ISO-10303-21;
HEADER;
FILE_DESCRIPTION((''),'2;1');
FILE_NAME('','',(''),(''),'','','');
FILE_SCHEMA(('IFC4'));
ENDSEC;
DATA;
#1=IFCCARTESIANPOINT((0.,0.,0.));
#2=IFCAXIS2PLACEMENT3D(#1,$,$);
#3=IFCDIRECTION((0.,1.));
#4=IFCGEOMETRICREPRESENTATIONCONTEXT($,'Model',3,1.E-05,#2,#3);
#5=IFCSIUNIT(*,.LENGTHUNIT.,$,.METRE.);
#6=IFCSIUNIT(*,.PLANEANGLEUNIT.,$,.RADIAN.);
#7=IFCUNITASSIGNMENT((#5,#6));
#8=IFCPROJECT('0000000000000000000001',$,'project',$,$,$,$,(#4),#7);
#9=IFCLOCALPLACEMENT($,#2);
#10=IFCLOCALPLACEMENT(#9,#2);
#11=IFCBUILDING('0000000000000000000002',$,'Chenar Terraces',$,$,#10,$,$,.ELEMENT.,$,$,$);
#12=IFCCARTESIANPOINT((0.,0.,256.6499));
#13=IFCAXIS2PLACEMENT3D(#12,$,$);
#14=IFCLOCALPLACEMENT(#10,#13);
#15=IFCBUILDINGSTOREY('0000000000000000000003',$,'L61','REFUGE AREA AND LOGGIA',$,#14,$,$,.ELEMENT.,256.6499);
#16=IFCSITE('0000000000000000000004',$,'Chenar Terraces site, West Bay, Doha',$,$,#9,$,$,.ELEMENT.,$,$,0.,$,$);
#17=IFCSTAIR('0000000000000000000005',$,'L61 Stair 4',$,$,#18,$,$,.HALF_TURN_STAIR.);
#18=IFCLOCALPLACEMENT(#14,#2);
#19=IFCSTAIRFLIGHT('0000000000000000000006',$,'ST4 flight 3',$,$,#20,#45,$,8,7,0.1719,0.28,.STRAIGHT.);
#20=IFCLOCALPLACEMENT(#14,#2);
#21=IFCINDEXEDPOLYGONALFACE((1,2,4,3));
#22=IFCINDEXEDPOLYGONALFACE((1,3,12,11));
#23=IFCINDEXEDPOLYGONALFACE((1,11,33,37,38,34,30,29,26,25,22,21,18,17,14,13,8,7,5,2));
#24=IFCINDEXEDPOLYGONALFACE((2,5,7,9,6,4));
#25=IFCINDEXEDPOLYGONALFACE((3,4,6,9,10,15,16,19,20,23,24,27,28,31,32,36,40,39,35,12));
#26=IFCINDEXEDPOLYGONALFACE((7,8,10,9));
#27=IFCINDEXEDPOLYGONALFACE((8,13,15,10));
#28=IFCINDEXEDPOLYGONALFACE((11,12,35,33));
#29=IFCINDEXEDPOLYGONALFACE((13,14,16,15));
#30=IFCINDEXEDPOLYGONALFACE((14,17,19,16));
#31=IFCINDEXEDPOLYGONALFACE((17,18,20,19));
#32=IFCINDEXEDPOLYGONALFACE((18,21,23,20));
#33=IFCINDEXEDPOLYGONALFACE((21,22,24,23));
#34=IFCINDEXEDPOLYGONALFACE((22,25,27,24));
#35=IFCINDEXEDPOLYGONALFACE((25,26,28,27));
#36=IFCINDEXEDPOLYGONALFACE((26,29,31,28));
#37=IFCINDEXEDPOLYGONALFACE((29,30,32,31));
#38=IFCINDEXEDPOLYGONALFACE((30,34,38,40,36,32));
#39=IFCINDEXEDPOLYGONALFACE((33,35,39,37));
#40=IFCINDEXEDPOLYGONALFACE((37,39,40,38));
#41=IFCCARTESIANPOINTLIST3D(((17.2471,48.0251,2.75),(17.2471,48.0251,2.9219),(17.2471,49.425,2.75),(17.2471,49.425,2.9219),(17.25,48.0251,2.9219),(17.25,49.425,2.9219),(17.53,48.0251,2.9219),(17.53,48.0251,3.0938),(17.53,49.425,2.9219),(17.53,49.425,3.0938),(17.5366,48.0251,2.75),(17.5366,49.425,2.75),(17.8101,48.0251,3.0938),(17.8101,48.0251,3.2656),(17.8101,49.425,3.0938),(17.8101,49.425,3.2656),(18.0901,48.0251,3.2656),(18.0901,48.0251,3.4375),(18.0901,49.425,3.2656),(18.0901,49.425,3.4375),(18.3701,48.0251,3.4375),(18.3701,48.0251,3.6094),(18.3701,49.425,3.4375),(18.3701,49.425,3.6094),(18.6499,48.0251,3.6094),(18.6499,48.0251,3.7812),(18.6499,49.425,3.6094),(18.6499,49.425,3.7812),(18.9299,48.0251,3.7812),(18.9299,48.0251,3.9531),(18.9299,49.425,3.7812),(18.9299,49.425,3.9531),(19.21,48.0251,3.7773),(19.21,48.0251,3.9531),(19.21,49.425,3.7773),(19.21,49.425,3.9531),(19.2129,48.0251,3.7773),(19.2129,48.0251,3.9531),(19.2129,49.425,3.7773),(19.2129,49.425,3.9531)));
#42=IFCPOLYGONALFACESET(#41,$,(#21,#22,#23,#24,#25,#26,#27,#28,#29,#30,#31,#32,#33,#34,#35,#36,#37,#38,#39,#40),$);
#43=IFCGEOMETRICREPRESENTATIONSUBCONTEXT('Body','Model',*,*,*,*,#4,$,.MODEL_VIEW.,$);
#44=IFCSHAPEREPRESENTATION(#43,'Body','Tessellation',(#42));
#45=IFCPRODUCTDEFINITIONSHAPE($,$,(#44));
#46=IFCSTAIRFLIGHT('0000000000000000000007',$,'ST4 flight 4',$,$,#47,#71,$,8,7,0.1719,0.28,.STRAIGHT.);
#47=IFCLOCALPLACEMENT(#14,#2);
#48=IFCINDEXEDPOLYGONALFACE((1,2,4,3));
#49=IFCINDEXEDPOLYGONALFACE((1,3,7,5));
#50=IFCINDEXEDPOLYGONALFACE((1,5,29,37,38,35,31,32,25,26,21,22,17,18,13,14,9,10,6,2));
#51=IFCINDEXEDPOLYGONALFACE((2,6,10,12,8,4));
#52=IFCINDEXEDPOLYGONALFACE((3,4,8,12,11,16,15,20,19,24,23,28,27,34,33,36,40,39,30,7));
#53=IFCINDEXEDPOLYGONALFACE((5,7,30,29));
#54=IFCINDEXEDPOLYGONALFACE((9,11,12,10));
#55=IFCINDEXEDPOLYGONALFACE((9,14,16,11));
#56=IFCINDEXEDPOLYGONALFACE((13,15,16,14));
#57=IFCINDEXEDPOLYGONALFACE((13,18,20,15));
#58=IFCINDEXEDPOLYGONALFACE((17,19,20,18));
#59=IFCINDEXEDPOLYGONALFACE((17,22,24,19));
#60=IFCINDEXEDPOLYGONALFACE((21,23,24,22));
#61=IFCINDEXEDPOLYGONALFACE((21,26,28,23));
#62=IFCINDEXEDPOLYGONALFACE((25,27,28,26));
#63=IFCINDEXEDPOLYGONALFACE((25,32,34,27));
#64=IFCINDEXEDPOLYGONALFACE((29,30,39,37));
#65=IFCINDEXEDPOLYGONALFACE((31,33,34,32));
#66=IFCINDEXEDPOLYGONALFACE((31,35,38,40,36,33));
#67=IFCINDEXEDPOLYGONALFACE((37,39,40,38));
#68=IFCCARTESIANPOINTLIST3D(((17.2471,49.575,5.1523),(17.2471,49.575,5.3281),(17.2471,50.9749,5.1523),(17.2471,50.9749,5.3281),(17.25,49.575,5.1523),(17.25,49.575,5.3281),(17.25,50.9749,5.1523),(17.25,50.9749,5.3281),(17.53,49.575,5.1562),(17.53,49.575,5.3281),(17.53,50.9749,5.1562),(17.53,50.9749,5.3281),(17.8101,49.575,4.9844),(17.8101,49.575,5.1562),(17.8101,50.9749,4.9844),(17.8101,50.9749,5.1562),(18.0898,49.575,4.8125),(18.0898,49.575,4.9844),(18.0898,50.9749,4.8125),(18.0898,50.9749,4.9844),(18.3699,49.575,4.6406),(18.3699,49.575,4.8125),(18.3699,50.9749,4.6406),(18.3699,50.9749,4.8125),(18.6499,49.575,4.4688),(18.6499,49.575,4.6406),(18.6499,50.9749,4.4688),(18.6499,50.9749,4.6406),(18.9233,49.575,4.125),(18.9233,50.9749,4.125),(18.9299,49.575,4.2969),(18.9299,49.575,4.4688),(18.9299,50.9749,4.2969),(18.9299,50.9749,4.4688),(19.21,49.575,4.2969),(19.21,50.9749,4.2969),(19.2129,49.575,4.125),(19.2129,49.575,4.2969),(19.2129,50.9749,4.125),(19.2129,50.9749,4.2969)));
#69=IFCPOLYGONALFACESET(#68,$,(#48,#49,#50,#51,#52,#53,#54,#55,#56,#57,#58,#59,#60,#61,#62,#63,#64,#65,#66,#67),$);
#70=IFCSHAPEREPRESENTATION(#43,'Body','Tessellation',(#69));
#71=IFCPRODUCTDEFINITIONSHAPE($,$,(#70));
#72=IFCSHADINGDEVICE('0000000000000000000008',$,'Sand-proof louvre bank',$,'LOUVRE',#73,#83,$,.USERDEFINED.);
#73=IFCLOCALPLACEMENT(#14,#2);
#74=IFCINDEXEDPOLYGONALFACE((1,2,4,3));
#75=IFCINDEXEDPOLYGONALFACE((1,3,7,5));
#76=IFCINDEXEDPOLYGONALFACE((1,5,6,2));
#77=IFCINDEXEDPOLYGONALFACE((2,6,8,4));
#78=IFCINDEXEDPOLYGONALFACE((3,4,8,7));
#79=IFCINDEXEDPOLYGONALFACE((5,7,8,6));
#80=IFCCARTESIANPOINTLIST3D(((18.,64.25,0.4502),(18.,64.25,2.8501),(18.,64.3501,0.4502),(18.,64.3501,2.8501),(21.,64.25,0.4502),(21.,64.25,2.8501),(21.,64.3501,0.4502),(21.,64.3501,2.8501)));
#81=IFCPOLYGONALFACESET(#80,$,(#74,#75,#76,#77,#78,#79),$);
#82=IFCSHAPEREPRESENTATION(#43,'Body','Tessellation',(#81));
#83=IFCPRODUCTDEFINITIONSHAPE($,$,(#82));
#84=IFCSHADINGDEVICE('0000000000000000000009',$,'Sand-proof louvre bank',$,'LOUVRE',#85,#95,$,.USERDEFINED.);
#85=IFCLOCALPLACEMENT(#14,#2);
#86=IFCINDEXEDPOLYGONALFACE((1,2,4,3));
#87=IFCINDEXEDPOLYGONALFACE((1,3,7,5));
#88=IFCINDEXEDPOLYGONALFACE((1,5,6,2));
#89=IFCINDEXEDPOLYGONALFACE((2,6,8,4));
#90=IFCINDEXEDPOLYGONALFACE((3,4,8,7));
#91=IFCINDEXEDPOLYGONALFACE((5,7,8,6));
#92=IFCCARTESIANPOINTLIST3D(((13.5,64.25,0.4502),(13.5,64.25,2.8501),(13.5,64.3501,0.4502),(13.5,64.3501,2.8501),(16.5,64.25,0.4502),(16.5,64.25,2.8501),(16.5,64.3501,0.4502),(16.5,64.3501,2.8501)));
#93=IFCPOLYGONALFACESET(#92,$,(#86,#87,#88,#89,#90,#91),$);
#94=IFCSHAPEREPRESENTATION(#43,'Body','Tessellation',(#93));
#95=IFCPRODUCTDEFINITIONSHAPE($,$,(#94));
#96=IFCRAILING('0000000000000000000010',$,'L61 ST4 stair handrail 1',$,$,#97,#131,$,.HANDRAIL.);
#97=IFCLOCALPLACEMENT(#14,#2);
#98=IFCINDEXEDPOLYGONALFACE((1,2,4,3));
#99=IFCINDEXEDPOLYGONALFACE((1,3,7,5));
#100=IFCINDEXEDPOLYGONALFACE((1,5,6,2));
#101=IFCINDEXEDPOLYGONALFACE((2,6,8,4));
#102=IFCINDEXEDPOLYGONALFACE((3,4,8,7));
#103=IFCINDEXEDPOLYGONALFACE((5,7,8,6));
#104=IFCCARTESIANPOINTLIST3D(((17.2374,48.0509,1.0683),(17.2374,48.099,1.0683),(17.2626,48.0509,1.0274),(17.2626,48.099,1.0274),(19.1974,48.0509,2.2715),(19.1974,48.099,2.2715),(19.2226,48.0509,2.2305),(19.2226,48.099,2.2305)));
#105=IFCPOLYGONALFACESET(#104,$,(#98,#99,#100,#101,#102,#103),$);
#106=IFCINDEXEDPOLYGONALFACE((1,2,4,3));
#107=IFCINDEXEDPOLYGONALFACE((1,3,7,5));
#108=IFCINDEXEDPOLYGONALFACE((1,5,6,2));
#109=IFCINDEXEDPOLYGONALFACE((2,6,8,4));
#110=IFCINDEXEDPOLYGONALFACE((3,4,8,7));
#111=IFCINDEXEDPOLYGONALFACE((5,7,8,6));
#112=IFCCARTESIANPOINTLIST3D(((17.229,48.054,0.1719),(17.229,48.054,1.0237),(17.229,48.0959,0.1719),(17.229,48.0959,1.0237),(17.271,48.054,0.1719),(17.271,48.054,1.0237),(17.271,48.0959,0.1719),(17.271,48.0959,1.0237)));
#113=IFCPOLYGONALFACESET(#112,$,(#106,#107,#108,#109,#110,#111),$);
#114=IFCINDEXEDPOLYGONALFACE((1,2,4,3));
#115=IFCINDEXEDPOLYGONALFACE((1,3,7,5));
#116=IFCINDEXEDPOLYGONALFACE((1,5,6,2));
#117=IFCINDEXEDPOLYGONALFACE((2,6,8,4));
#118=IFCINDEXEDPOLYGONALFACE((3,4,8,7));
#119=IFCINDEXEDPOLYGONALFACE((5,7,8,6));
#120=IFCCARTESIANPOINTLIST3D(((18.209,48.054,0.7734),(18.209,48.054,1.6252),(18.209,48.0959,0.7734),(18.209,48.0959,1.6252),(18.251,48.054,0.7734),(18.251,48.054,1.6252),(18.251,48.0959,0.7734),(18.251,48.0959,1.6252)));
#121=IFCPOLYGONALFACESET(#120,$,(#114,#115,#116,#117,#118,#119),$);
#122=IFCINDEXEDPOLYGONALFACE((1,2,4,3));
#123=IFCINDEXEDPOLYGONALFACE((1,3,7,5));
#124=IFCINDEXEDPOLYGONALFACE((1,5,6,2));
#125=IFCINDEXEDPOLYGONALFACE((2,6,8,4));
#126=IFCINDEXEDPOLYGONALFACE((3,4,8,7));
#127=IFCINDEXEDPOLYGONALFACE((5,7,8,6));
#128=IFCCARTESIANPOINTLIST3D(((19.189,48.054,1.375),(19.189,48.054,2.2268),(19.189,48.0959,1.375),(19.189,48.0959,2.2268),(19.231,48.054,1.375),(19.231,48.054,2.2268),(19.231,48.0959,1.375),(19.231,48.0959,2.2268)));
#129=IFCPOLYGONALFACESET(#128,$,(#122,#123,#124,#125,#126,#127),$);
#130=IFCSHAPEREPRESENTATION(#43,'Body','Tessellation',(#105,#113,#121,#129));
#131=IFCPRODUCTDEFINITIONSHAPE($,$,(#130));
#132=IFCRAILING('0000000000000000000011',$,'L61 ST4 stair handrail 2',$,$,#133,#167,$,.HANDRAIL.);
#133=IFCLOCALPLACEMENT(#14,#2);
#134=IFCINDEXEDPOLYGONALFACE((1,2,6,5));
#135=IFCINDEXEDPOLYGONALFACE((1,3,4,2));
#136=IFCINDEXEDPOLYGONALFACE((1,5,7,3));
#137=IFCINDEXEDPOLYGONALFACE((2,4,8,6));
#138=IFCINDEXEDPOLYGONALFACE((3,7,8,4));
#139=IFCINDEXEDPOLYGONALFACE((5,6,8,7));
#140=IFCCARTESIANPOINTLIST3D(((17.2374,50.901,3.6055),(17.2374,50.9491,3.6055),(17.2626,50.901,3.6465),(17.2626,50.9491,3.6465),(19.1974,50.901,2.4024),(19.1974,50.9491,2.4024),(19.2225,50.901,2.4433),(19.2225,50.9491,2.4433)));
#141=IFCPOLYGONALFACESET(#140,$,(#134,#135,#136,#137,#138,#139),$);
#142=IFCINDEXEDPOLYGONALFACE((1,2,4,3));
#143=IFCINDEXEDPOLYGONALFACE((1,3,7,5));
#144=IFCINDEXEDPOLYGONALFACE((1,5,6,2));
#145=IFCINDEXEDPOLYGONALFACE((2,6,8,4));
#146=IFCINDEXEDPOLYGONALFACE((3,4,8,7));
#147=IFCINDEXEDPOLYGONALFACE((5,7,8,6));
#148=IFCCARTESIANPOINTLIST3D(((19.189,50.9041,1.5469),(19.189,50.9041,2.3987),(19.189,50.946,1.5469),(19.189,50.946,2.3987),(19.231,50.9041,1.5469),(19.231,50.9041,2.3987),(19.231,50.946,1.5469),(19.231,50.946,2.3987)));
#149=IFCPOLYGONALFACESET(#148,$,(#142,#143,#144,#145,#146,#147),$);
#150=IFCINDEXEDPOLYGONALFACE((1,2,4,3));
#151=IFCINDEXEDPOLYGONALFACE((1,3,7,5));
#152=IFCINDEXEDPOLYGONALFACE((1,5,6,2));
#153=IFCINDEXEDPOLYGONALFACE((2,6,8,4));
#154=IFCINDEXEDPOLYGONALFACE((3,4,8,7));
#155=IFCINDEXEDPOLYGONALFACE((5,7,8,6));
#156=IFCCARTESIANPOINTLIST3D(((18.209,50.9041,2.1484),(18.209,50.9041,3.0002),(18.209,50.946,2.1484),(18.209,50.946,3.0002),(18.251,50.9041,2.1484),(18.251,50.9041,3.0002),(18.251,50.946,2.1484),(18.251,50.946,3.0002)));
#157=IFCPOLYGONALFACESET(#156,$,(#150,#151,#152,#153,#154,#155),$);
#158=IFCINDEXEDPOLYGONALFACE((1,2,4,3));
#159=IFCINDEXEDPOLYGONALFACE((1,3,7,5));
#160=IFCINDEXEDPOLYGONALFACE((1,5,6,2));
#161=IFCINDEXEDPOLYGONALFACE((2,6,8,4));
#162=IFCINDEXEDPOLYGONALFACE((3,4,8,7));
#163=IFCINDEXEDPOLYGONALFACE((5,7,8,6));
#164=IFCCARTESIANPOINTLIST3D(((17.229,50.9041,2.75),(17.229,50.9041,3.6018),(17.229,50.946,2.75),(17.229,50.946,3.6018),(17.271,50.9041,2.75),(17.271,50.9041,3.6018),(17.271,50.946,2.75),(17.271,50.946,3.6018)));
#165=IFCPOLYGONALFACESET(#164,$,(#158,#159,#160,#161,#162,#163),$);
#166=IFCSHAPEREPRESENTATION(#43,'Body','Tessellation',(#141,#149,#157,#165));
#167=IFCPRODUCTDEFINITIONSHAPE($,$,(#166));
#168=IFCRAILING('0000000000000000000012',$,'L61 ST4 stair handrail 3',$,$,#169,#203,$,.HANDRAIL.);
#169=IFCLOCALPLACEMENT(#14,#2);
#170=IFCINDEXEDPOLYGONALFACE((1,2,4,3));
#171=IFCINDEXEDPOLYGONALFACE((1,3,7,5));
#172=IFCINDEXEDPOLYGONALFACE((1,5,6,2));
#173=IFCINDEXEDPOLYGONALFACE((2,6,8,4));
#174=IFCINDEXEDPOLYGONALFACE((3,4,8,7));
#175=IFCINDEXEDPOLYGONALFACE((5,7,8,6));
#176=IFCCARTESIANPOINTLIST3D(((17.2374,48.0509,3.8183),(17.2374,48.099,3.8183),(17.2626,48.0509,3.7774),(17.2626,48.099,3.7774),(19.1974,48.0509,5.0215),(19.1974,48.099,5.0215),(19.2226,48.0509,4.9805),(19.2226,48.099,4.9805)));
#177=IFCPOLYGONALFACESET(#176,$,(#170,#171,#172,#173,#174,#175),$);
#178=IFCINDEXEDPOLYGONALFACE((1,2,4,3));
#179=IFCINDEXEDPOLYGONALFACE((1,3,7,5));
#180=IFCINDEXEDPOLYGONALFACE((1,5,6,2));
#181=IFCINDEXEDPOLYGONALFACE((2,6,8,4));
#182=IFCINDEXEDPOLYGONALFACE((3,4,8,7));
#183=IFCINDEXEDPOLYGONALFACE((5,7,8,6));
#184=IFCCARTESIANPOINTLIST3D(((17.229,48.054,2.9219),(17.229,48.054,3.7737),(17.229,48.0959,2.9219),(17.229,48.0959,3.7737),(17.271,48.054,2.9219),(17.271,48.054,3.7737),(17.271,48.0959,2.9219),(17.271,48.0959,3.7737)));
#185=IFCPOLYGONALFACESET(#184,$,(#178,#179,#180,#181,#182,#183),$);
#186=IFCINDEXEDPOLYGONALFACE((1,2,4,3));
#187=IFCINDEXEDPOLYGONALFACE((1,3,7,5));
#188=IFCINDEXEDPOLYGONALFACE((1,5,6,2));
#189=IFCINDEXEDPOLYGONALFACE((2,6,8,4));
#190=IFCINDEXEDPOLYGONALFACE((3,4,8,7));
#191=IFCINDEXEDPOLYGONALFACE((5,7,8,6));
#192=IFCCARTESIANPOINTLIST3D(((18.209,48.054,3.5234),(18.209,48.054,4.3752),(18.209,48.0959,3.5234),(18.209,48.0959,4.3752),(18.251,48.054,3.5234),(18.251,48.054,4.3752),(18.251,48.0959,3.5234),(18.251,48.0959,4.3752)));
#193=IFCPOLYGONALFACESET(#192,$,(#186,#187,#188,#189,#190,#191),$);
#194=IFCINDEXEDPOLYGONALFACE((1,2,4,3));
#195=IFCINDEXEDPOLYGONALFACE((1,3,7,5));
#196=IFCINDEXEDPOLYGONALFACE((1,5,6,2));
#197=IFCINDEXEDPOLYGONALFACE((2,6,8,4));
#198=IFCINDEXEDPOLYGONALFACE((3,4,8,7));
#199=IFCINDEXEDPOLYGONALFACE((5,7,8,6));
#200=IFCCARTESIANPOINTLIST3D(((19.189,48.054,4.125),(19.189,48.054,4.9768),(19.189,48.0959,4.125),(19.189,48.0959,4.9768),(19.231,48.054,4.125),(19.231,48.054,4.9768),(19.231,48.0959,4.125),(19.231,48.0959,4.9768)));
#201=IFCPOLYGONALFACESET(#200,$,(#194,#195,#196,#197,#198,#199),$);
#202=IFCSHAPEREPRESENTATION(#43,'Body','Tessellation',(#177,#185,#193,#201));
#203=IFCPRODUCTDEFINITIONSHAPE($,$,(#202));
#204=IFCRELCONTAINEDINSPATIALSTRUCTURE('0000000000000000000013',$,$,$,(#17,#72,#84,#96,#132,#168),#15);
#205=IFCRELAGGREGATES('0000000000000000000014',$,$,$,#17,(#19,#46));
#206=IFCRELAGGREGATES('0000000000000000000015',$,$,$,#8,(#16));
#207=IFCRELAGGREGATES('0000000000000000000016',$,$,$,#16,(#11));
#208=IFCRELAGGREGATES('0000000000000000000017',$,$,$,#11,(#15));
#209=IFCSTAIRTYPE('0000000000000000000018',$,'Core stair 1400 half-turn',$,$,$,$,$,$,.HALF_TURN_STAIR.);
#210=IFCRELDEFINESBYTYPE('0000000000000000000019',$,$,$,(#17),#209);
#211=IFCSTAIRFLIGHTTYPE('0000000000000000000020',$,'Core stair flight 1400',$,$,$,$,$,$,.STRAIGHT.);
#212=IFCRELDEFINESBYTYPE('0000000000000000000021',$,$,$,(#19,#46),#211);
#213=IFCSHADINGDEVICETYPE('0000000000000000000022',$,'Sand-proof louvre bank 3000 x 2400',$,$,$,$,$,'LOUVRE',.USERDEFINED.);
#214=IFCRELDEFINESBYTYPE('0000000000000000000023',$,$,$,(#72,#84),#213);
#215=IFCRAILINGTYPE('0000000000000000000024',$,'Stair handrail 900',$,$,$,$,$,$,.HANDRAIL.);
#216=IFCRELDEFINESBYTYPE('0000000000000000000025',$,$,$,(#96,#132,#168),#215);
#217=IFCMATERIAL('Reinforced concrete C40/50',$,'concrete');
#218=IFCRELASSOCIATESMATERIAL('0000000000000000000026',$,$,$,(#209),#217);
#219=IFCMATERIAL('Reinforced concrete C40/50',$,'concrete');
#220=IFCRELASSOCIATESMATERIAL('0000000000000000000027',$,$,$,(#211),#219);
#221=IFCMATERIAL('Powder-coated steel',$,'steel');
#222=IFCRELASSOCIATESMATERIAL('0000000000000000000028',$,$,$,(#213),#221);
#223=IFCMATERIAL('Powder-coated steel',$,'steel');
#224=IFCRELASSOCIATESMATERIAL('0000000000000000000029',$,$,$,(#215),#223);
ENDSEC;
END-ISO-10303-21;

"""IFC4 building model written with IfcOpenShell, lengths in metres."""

from ifc_helpers import new_model, si_unit, direction, frame, origin, origin_2d, place, context, subcontext, project, spatial, polyline, rectangle, outline, extrude, material, type_object, element, aggregate, save


model = new_model("IFC4")

# Units and contexts
model_context = context("Model", 3, precision=1e-05, world=origin(), true_north=direction((0.0, 1.0)))
body_context = subcontext(model_context, "Body", "Model", "MODEL_VIEW")
ifc_project = project(units=[si_unit("LENGTHUNIT", "METRE"), si_unit("PLANEANGLEUNIT", "RADIAN")], contexts=[model_context])

# Site, building, storey
site_placement = place(None, origin())
site = spatial("IfcSite", under=ifc_project, at=site_placement, Name="Chenar Terraces site, West Bay, Doha", CompositionType="ELEMENT", RefElevation=0.0)
building_placement = place(site_placement, origin())
building = spatial("IfcBuilding", under=site, at=building_placement, Name="Chenar Terraces", CompositionType="ELEMENT")
storey_placement = place(building_placement, frame((0.0, 0.0, 256.6499)))
storey = spatial("IfcBuildingStorey", under=building, at=storey_placement, Name="L61", Description="REFUGE AREA AND LOGGIA", CompositionType="ELEMENT", Elevation=256.6499)

# Stair, stair flights
ifc_material_1 = material(Name="Reinforced concrete C40/50", Category="concrete")
stair_type = type_object("IfcStairType", Name="Core stair 1400 half-turn", PredefinedType="HALF_TURN_STAIR", material=ifc_material_1)
stair_placement = place(storey_placement, origin())
stair = element("IfcStair", 1, at=stair_placement, inside=storey, type_object=stair_type, Name="L61 Stair 4", PredefinedType="HALF_TURN_STAIR")
ifc_material_2 = material(Name="Reinforced concrete C40/50", Category="concrete")
stair_flight_type = type_object("IfcStairFlightType", Name="Core stair flight 1400", PredefinedType="STRAIGHT", material=ifc_material_2)
stair_flight_1_placement = place(storey_placement, frame((17.25, 48.7251, 2.75), z_axis=(0.0, 0.0, 1.0), x_axis=(1.0, 0.0, 0.0)))
stair_flight_1 = element("IfcStairFlight", 2, at=stair_flight_1_placement, type_object=stair_flight_type, Name="ST4 flight 3", NumberOfRisers=8, NumberOfTreads=7, PredefinedType="STRAIGHT", RiserHeight=0.1719, TreadLength=0.28, context=body_context, shape_type="SweptSolid", body=[
    extrude(outline(polyline([(-0.0029, 0.0), (-0.0029, 0.1719), (0.0, 0.1719), (0.28, 0.1719), (0.28, 0.3438), (0.5601, 0.3438), (0.5601, 0.5156), (0.8401, 0.5156), (0.8401, 0.6875), (1.1201, 0.6875), (1.1201, 0.8594), (1.3999, 0.8594), (1.3999, 1.0312), (1.6799, 1.0312), (1.6799, 1.2031), (1.96, 1.2031), (1.9629, 1.2031), (1.9629, 1.0273), (1.96, 1.0273), (0.2866, 0.0), (-0.0029, 0.0)])), frame((0.0, 0.7, 0.0), z_axis=(0.0, -1.0, 0.0), x_axis=(1.0, 0.0, 0.0)), (0.0, 0.0, 1.0), 1.3999),
])
stair_flight_2_placement = place(storey_placement, frame((19.21, 50.2749, 4.125), z_axis=(0.0, 0.0, 1.0), x_axis=(-1.0, 0.0, 0.0)))
stair_flight_2 = element("IfcStairFlight", 3, at=stair_flight_2_placement, type_object=stair_flight_type, Name="ST4 flight 4", NumberOfRisers=8, NumberOfTreads=7, PredefinedType="STRAIGHT", RiserHeight=0.1719, TreadLength=0.28, context=body_context, shape_type="SweptSolid", body=[
    extrude(outline(polyline([(-0.0029, 0.0), (-0.0029, 0.1719), (0.0, 0.1719), (0.28, 0.1719), (0.28, 0.3438), (0.5601, 0.3438), (0.5601, 0.5156), (0.8401, 0.5156), (0.8401, 0.6875), (1.1201, 0.6875), (1.1201, 0.8594), (1.3999, 0.8594), (1.3999, 1.0312), (1.6799, 1.0312), (1.6799, 1.2031), (1.96, 1.2031), (1.9629, 1.2031), (1.9629, 1.0273), (1.96, 1.0273), (0.2866, 0.0), (-0.0029, 0.0)])), frame((0.0, 0.7, 0.0), z_axis=(0.0, -1.0, 0.0), x_axis=(1.0, 0.0, 0.0)), (0.0, 0.0, 1.0), 1.3999),
])
aggregate(stair, [stair_flight_1, stair_flight_2])

# Shading devices
ifc_material_3 = material(Name="Powder-coated steel", Category="steel")
shading_device_type = type_object("IfcShadingDeviceType", Name="Sand-proof louvre bank 3000 x 2400", ElementType="LOUVRE", PredefinedType="USERDEFINED", material=ifc_material_3)
for number, where, z_axis, x_axis, name in (
    (4, (19.5, 64.3, 0.4502), (0.0, 0.0, 1.0), (-1.0, 0.0, 0.0), "Sand-proof louvre bank"),
    (5, (15.0, 64.3, 0.4502), (0.0, 0.0, 1.0), (-1.0, 0.0, 0.0), "Sand-proof louvre bank"),
):
    element("IfcShadingDevice", number, at=place(storey_placement, frame(where, z_axis=z_axis, x_axis=x_axis)), inside=storey, type_object=shading_device_type, Name=name, ObjectType="LOUVRE", PredefinedType="USERDEFINED", context=body_context, shape_type="SweptSolid", body=[
        extrude(rectangle(XDim=3.0, YDim=0.1001, at=origin_2d()), origin(), (0.0, 0.0, 1.0), 2.3999),
    ])

# Railings
ifc_material_4 = material(Name="Powder-coated steel", Category="steel")
railing_type_1 = type_object("IfcRailingType", Name="Stair handrail 900", PredefinedType="HANDRAIL", material=ifc_material_4)
railing_1_placement = place(storey_placement, frame((17.25, 48.075, 0.1719)))
element("IfcRailing", 6, at=railing_1_placement, inside=storey, type_object=railing_type_1, Name="L61 ST4 stair handrail 1", PredefinedType="HANDRAIL", context=body_context, shape_type="SweptSolid", body=[
    extrude(rectangle(XDim=0.0481, YDim=0.0481, at=origin_2d()), frame((0.0, 0.0, 0.876), z_axis=(0.852241, 0.0, 0.523149), x_axis=(0.0, 1.0, 0.0)), (0.0, 0.0, 1.0), 2.2998),
    extrude(rectangle(XDim=0.042, YDim=0.042, at=origin_2d()), origin(), (0.0, 0.0, 1.0), 0.8518),
    extrude(rectangle(XDim=0.042, YDim=0.042, at=origin_2d()), frame((0.98, 0.0, 0.6016)), (0.0, 0.0, 1.0), 0.8518),
    extrude(rectangle(XDim=0.042, YDim=0.042, at=origin_2d()), frame((1.96, 0.0, 1.2031)), (0.0, 0.0, 1.0), 0.8518),
])
railing_2_placement = place(storey_placement, frame((19.21, 50.925, 1.5469)))
element("IfcRailing", 7, at=railing_2_placement, inside=storey, type_object=railing_type_1, Name="L61 ST4 stair handrail 2", PredefinedType="HANDRAIL", context=body_context, shape_type="SweptSolid", body=[
    extrude(rectangle(XDim=0.0481, YDim=0.0481, at=origin_2d()), frame((0.0, 0.0, 0.876), z_axis=(-0.852241, 0.0, 0.523149), x_axis=(0.0, -1.0, 0.0)), (0.0, 0.0, 1.0), 2.2998),
    extrude(rectangle(XDim=0.042, YDim=0.042, at=origin_2d()), origin(), (0.0, 0.0, 1.0), 0.8518),
    extrude(rectangle(XDim=0.042, YDim=0.042, at=origin_2d()), frame((-0.98, 0.0, 0.6016)), (0.0, 0.0, 1.0), 0.8518),
    extrude(rectangle(XDim=0.042, YDim=0.042, at=origin_2d()), frame((-1.96, 0.0, 1.2031)), (0.0, 0.0, 1.0), 0.8518),
])
railing_3_placement = place(storey_placement, frame((17.25, 48.075, 2.9219)))
element("IfcRailing", 8, at=railing_3_placement, inside=storey, type_object=railing_type_1, Name="L61 ST4 stair handrail 3", PredefinedType="HANDRAIL", context=body_context, shape_type="SweptSolid", body=[
    extrude(rectangle(XDim=0.0481, YDim=0.0481, at=origin_2d()), frame((0.0, 0.0, 0.876), z_axis=(0.852241, 0.0, 0.523149), x_axis=(0.0, 1.0, 0.0)), (0.0, 0.0, 1.0), 2.2998),
    extrude(rectangle(XDim=0.042, YDim=0.042, at=origin_2d()), origin(), (0.0, 0.0, 1.0), 0.8518),
    extrude(rectangle(XDim=0.042, YDim=0.042, at=origin_2d()), frame((0.98, 0.0, 0.6016)), (0.0, 0.0, 1.0), 0.8518),
    extrude(rectangle(XDim=0.042, YDim=0.042, at=origin_2d()), frame((1.96, 0.0, 1.2031)), (0.0, 0.0, 1.0), 0.8518),
])

save(model, "model.ifc")
